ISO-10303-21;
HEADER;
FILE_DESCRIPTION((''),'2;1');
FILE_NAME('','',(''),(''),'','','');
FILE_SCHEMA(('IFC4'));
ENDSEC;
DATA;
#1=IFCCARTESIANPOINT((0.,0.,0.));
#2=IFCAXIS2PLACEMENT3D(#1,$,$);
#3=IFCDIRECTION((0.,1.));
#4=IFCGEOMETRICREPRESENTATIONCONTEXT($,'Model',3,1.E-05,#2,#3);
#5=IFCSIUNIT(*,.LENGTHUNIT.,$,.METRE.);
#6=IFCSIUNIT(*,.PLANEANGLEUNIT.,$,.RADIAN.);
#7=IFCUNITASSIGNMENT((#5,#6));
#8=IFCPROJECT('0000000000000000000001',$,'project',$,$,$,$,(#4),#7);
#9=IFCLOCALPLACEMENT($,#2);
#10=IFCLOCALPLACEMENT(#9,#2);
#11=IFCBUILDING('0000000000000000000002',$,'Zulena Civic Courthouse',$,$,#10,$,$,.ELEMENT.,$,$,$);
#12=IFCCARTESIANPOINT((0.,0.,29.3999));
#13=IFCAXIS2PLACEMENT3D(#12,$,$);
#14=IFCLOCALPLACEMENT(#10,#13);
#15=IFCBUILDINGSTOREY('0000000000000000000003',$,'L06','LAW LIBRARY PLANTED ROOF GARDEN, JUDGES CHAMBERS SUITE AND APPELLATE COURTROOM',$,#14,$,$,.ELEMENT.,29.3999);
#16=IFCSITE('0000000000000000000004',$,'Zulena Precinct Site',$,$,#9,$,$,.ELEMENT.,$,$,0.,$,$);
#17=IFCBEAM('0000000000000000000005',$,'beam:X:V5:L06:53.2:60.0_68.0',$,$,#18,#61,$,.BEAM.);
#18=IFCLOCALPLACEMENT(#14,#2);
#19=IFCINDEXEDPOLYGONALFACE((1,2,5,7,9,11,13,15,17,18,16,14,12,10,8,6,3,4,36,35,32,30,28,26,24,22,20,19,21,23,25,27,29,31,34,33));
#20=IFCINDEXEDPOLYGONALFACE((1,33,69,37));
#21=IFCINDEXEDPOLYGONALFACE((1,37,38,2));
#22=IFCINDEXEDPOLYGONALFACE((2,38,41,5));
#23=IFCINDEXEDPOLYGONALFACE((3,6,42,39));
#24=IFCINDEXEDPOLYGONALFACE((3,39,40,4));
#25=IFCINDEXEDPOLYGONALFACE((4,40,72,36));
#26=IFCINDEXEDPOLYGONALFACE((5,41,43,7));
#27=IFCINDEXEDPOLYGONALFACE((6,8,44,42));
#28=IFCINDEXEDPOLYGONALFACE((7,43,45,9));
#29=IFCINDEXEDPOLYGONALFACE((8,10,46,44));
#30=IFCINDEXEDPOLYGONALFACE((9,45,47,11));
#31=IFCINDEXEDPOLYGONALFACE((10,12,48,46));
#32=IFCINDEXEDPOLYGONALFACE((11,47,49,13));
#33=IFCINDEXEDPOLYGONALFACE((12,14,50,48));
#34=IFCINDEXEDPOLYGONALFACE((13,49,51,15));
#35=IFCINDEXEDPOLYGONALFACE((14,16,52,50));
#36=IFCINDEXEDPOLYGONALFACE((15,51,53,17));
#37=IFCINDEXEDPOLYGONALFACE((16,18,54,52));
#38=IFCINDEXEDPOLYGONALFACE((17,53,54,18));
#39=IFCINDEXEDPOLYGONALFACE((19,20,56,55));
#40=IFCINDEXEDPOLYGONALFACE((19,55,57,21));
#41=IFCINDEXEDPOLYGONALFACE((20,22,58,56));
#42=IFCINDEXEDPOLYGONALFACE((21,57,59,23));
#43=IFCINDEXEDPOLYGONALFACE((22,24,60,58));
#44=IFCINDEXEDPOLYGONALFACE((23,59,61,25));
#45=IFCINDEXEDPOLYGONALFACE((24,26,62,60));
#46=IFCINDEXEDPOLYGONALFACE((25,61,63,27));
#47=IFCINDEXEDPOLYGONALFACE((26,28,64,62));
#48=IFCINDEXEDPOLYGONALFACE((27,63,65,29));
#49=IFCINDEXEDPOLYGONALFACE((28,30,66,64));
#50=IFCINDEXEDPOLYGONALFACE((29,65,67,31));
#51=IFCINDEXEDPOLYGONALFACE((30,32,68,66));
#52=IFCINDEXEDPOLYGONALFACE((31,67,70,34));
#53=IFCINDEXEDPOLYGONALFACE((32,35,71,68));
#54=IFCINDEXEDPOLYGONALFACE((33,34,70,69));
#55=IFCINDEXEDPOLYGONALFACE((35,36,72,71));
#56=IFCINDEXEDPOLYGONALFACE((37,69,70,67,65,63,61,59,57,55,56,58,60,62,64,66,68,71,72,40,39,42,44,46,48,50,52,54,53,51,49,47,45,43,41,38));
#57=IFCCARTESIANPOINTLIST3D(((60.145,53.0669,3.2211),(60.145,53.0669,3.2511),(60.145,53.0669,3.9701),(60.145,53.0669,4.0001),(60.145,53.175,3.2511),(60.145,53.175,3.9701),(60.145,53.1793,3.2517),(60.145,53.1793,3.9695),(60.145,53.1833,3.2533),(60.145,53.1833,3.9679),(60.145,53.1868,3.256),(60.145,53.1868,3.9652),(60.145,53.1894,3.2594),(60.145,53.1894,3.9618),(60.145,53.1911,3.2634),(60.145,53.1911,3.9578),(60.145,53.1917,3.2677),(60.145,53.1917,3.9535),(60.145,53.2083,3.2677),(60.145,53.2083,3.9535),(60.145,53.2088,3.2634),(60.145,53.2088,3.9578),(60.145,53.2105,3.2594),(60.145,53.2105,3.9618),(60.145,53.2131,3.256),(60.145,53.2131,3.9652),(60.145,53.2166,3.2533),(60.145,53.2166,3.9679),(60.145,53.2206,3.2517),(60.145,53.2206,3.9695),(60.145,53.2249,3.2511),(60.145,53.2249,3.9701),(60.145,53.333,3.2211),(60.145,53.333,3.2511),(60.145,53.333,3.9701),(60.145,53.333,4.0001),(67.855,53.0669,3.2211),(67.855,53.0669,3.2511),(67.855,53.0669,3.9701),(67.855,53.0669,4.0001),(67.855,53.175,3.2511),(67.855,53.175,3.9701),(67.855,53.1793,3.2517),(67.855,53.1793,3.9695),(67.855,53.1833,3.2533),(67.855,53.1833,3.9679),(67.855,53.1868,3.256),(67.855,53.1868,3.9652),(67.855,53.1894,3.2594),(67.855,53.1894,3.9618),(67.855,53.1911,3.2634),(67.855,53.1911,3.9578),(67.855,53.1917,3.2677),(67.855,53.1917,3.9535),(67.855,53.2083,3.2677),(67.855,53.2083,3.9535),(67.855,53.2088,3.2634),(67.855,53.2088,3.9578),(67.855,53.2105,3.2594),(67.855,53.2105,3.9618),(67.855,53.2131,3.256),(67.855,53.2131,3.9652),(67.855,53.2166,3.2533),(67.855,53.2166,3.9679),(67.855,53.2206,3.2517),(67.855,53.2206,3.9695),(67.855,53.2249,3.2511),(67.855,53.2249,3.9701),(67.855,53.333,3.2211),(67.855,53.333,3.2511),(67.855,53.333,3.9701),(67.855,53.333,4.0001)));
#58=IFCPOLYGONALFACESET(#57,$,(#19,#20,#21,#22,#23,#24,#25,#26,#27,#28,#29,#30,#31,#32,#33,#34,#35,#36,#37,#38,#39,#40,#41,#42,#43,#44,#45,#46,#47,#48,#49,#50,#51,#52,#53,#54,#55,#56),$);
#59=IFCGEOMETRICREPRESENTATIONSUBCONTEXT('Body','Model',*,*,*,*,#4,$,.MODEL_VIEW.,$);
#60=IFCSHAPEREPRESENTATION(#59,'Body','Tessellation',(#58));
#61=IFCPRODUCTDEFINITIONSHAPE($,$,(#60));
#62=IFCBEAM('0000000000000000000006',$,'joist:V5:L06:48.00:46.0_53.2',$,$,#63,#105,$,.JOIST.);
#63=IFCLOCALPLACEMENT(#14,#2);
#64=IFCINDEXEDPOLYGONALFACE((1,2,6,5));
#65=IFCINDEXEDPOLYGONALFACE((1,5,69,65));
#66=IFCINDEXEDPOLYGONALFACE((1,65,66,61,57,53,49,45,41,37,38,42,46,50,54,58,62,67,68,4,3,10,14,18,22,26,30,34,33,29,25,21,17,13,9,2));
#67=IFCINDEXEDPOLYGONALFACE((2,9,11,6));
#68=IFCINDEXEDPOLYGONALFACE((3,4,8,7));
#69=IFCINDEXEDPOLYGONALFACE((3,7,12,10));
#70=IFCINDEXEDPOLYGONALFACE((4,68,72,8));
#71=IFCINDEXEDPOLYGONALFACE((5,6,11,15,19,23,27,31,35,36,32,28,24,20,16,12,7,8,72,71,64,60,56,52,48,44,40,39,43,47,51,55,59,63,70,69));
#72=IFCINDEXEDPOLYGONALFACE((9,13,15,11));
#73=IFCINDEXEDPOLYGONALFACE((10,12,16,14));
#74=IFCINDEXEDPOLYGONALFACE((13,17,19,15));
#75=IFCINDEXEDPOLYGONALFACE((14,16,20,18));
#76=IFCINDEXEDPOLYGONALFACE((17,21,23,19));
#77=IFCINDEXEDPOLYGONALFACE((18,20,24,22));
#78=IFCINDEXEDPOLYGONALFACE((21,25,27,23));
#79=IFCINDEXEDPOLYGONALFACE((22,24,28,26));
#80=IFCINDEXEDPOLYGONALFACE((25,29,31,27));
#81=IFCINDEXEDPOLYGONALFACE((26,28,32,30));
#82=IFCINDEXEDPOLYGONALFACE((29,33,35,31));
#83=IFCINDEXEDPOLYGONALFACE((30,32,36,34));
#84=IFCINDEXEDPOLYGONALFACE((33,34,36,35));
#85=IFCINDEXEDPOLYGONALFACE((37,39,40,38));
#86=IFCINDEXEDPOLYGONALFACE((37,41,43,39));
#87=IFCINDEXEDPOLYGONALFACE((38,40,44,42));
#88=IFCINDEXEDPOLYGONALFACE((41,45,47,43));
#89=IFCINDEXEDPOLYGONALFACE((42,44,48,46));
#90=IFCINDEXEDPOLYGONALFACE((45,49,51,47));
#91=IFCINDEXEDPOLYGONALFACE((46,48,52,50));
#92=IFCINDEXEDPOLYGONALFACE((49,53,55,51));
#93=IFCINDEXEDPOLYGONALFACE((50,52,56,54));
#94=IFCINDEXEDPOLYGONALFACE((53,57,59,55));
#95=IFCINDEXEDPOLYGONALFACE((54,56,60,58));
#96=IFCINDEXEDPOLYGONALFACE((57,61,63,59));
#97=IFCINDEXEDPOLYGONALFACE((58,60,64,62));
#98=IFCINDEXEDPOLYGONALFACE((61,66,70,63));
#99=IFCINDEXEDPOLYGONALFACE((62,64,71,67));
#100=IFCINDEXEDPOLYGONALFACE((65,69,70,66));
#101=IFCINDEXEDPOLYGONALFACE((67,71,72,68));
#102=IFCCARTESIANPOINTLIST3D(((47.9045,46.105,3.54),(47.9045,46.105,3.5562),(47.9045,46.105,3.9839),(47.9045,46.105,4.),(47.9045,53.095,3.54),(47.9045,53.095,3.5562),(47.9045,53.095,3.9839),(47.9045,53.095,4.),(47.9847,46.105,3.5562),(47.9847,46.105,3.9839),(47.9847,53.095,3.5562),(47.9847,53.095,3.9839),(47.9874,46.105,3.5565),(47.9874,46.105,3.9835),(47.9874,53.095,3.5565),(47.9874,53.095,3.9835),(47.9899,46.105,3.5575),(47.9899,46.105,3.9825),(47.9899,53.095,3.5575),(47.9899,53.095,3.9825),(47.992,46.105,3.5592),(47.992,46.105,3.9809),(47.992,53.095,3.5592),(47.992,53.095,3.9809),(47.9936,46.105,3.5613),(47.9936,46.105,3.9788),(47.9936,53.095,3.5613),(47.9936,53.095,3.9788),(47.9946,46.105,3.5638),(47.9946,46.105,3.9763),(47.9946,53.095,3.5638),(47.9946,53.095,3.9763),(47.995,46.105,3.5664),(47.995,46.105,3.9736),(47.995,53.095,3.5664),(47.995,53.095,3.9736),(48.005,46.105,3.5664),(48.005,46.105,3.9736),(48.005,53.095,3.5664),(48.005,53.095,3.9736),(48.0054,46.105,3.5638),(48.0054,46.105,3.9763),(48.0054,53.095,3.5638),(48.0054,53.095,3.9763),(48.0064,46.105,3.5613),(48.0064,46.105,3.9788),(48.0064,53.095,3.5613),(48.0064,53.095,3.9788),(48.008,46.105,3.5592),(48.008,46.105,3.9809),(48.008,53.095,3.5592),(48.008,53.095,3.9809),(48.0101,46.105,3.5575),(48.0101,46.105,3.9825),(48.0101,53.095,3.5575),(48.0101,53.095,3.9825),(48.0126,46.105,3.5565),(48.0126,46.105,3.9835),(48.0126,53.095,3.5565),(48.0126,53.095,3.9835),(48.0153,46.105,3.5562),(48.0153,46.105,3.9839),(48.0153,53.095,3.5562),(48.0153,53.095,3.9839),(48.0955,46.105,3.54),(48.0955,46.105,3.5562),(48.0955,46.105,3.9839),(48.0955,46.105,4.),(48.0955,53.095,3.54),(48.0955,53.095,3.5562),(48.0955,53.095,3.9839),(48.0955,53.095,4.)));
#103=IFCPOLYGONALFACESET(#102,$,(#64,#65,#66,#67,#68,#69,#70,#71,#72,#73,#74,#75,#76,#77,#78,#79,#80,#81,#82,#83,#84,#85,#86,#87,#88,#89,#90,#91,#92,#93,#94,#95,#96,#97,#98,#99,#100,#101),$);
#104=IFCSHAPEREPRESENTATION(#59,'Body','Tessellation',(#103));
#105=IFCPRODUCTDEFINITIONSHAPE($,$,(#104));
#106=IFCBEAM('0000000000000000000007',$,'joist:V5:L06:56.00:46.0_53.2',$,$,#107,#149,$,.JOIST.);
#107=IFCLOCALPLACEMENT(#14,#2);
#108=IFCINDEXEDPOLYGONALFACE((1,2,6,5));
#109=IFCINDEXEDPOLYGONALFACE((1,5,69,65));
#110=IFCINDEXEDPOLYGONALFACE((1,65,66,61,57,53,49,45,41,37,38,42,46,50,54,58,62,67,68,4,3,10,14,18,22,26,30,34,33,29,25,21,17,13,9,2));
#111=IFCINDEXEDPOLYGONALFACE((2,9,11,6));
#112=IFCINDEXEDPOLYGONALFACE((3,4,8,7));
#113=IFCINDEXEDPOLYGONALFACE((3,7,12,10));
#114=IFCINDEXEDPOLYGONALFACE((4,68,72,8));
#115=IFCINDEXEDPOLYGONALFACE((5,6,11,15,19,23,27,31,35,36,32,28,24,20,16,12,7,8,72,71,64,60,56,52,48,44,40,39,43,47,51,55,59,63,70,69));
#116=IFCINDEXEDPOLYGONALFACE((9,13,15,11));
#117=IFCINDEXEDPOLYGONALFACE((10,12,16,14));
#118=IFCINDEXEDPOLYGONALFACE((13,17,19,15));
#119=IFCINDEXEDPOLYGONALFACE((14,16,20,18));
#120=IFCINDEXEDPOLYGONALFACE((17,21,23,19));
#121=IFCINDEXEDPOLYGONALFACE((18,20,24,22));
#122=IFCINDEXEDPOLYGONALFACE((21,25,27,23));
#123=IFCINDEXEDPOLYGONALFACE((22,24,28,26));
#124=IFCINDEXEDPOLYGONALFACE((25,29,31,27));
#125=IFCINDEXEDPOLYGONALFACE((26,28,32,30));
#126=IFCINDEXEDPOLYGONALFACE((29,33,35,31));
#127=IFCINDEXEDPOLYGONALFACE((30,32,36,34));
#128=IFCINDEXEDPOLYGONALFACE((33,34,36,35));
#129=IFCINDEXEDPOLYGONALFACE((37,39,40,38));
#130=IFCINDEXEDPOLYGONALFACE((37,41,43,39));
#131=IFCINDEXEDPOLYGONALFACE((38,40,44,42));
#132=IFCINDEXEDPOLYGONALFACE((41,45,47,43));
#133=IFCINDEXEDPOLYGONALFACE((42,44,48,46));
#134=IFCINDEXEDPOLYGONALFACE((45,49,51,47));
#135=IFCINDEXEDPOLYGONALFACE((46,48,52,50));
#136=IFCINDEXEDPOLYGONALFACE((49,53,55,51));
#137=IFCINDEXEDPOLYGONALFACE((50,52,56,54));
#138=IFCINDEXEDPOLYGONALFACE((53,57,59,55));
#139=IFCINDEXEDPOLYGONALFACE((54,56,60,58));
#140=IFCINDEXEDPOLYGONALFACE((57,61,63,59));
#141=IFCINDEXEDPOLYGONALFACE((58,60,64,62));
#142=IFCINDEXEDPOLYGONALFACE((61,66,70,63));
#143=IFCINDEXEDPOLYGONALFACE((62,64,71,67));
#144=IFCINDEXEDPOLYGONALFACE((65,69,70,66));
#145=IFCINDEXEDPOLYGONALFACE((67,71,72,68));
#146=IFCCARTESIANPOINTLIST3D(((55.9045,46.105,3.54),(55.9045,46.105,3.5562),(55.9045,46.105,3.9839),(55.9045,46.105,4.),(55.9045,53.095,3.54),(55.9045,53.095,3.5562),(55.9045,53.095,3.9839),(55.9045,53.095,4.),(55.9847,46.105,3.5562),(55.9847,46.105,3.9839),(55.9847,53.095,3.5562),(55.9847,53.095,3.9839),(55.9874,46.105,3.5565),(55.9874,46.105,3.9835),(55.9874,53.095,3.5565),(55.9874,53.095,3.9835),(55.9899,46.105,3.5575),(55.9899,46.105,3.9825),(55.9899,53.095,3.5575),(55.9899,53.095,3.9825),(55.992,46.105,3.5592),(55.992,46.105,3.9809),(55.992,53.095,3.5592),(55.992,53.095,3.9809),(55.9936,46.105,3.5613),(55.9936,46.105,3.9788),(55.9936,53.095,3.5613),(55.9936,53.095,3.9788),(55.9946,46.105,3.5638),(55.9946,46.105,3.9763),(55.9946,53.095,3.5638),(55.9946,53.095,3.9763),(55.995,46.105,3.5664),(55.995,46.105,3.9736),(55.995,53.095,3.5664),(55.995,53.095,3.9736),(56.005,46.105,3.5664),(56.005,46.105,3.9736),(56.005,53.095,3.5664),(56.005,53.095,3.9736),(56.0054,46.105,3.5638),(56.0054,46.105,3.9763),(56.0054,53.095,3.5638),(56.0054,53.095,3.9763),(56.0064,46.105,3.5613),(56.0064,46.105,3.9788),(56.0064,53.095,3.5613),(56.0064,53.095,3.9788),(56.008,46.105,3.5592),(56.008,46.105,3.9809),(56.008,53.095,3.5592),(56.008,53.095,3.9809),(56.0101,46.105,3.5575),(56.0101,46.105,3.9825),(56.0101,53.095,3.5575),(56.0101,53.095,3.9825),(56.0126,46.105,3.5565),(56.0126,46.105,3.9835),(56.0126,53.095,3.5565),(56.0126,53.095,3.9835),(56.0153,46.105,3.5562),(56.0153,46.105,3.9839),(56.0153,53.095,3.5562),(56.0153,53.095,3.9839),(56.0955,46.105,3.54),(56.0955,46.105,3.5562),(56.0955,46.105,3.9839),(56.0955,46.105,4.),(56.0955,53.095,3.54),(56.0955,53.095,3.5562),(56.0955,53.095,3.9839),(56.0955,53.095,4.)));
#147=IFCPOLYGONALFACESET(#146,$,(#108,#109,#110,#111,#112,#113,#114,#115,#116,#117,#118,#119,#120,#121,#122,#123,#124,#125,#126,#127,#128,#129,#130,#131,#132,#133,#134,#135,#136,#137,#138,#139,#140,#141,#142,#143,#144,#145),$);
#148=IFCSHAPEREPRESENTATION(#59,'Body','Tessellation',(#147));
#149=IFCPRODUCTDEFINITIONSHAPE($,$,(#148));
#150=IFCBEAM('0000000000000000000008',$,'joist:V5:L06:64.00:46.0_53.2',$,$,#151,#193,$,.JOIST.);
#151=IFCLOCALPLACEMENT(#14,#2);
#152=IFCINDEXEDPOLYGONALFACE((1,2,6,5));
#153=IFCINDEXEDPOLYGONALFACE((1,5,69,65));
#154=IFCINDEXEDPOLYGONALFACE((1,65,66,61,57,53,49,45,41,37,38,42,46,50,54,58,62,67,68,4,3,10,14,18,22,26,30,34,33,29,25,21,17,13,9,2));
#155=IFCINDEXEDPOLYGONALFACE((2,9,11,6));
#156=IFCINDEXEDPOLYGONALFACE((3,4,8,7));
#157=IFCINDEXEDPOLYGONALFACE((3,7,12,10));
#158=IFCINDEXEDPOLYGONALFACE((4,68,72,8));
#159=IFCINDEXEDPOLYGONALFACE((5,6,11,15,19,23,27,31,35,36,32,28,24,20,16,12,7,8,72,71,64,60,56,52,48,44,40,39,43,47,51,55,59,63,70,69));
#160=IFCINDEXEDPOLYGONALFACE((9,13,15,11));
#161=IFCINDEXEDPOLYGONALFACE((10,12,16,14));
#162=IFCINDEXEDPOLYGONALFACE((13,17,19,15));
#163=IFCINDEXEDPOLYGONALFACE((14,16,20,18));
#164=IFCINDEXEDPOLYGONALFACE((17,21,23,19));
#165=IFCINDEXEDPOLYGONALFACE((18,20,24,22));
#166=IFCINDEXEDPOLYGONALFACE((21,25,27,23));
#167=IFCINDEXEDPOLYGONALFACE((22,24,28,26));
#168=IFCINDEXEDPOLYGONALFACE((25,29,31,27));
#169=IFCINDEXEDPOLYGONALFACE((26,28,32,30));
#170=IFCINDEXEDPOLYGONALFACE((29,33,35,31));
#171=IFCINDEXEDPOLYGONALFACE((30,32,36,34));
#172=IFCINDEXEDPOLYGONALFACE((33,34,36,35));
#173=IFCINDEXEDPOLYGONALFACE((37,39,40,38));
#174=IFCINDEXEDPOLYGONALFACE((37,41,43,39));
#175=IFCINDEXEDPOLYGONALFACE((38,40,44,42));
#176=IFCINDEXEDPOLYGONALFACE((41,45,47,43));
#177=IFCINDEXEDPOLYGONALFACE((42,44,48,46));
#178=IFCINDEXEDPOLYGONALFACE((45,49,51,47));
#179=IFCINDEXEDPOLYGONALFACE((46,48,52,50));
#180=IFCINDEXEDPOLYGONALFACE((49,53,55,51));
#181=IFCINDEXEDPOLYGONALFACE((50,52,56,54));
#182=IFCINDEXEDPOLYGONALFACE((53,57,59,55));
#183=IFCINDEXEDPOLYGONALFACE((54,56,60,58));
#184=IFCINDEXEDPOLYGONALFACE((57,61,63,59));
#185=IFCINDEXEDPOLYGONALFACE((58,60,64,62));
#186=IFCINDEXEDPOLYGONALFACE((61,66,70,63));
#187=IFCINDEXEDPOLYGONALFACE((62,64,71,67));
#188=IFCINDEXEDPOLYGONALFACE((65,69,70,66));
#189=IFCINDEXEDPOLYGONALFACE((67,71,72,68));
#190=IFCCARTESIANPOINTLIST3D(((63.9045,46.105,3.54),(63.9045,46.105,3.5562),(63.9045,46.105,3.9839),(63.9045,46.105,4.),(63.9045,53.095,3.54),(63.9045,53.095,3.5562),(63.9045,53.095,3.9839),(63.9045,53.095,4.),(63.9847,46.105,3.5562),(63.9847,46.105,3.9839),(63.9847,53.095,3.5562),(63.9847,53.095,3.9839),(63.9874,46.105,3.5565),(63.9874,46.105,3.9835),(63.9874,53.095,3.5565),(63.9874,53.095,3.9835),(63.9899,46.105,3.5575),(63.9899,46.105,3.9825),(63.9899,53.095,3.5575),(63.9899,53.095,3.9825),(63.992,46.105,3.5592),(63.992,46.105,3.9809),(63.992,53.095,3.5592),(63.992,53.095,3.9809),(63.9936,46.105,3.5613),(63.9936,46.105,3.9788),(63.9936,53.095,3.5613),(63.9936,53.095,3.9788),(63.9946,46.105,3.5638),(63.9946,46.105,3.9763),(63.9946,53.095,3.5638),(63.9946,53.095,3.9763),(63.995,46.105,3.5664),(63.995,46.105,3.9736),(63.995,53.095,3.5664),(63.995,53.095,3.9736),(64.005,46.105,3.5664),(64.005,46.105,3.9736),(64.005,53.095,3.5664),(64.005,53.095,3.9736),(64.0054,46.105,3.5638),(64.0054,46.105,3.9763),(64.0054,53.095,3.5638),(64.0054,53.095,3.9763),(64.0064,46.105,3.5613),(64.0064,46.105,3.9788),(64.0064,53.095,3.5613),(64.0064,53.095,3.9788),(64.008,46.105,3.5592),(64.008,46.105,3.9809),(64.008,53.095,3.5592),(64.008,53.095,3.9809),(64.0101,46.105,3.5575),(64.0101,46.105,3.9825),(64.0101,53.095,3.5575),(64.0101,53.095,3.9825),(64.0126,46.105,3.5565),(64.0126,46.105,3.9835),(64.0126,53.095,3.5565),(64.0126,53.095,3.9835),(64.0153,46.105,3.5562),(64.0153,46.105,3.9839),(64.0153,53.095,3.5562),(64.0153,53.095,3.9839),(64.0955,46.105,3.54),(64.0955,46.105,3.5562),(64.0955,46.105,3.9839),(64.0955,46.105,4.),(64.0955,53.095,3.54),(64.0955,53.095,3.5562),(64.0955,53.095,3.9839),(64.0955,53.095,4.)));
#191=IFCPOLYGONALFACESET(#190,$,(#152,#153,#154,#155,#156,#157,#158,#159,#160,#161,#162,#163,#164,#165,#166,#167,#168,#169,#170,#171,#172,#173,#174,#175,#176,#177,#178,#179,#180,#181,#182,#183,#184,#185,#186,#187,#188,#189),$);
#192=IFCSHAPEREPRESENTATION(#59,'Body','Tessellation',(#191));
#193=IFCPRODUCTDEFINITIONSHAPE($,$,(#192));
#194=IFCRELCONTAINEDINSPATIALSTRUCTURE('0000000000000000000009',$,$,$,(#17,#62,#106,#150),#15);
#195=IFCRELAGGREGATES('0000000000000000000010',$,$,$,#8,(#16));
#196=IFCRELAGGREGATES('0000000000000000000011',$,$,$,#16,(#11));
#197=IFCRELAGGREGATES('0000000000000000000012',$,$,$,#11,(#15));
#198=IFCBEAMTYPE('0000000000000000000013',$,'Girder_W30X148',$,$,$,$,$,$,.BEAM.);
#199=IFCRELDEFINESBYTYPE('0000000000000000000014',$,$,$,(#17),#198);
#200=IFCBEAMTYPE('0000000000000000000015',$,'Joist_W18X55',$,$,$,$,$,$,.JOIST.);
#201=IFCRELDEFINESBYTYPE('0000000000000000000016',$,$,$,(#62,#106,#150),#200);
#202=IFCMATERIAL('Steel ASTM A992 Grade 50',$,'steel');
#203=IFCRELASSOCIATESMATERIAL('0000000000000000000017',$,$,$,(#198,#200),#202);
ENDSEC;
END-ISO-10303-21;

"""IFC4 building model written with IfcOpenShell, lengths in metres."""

from ifc_helpers import new_model, si_unit, direction, frame, origin, origin_2d, place, context, subcontext, project, spatial, i_section, extrude, material, material_profile, profile_set, type_object, element, save


model = new_model("IFC4")

# Units and contexts
model_context = context("Model", 3, precision=1e-05, world=origin(), true_north=direction((0.0, 1.0)))
body_context = subcontext(model_context, "Body", "Model", "MODEL_VIEW")
ifc_project = project(units=[si_unit("LENGTHUNIT", "METRE"), si_unit("PLANEANGLEUNIT", "RADIAN")], contexts=[model_context])

# Site, building, storey
site_placement = place(None, origin())
site = spatial("IfcSite", under=ifc_project, at=site_placement, Name="Zulena Precinct Site", CompositionType="ELEMENT", RefElevation=0.0)
building_placement = place(site_placement, origin())
building = spatial("IfcBuilding", under=site, at=building_placement, Name="Zulena Civic Courthouse", CompositionType="ELEMENT")
storey_placement = place(building_placement, frame((0.0, 0.0, 29.3999)))
storey = spatial("IfcBuildingStorey", under=building, at=storey_placement, Name="L06", Description="LAW LIBRARY PLANTED ROOF GARDEN, JUDGES CHAMBERS SUITE AND APPELLATE COURTROOM", CompositionType="ELEMENT", Elevation=29.3999)

# Shared definitions
ifc_material_1 = material(Name="Steel ASTM A992 Grade 50", Category="steel")

# Beams
ifc_material_profile_1 = material_profile(ifc_material_1, i_section(OverallWidth=0.2661, OverallDepth=0.7791, WebThickness=0.0166, FlangeThickness=0.03, FilletRadius=0.0166, at=origin_2d()), Name="W30X148")
ifc_profile_set_1 = profile_set([ifc_material_profile_1], Name="Steel ASTM A992 Grade 50")
beam_type_1 = type_object("IfcBeamType", Name="Girder_W30X148", PredefinedType="BEAM", material=ifc_profile_set_1)
for number, where, z_axis, x_axis, name in (
    (1, (60.145, 53.2, 3.6106), (1.0, 0.0, 0.0), (0.0, 1.0, 0.0), "beam:X:V5:L06:53.2:60.0_68.0"),
):
    element("IfcBeam", number, at=place(storey_placement, frame(where, z_axis=z_axis, x_axis=x_axis)), inside=storey, type_object=beam_type_1, Name=name, PredefinedType="BEAM", context=body_context, shape_type="SweptSolid", body=[
        extrude(i_section(OverallWidth=0.2661, OverallDepth=0.7791, WebThickness=0.0166, FlangeThickness=0.03, FilletRadius=0.0166, at=origin_2d()), origin(), (0.0, 0.0, 1.0), 7.71),
    ])
ifc_material_profile_2 = material_profile(ifc_material_1, i_section(OverallWidth=0.1909, OverallDepth=0.46, WebThickness=0.01, FlangeThickness=0.0161, FilletRadius=0.0103, at=origin_2d()), Name="W18X55")
ifc_profile_set_2 = profile_set([ifc_material_profile_2], Name="Steel ASTM A992 Grade 50")
beam_type_2 = type_object("IfcBeamType", Name="Joist_W18X55", PredefinedType="JOIST", material=ifc_profile_set_2)
for number, where, z_axis, x_axis, name in (
    (2, (48.0, 46.105, 3.77), (0.0, 1.0, 0.0), (-1.0, 0.0, 0.0), "joist:V5:L06:48.00:46.0_53.2"),
    (3, (56.0, 46.105, 3.77), (0.0, 1.0, 0.0), (-1.0, 0.0, 0.0), "joist:V5:L06:56.00:46.0_53.2"),
    (4, (64.0, 46.105, 3.77), (0.0, 1.0, 0.0), (-1.0, 0.0, 0.0), "joist:V5:L06:64.00:46.0_53.2"),
):
    element("IfcBeam", number, at=place(storey_placement, frame(where, z_axis=z_axis, x_axis=x_axis)), inside=storey, type_object=beam_type_2, Name=name, PredefinedType="JOIST", context=body_context, shape_type="SweptSolid", body=[
        extrude(i_section(OverallWidth=0.1909, OverallDepth=0.46, WebThickness=0.01, FlangeThickness=0.0161, FilletRadius=0.0103, at=origin_2d()), origin(), (0.0, 0.0, 1.0), 6.99),
    ])

save(model, "model.ifc")
